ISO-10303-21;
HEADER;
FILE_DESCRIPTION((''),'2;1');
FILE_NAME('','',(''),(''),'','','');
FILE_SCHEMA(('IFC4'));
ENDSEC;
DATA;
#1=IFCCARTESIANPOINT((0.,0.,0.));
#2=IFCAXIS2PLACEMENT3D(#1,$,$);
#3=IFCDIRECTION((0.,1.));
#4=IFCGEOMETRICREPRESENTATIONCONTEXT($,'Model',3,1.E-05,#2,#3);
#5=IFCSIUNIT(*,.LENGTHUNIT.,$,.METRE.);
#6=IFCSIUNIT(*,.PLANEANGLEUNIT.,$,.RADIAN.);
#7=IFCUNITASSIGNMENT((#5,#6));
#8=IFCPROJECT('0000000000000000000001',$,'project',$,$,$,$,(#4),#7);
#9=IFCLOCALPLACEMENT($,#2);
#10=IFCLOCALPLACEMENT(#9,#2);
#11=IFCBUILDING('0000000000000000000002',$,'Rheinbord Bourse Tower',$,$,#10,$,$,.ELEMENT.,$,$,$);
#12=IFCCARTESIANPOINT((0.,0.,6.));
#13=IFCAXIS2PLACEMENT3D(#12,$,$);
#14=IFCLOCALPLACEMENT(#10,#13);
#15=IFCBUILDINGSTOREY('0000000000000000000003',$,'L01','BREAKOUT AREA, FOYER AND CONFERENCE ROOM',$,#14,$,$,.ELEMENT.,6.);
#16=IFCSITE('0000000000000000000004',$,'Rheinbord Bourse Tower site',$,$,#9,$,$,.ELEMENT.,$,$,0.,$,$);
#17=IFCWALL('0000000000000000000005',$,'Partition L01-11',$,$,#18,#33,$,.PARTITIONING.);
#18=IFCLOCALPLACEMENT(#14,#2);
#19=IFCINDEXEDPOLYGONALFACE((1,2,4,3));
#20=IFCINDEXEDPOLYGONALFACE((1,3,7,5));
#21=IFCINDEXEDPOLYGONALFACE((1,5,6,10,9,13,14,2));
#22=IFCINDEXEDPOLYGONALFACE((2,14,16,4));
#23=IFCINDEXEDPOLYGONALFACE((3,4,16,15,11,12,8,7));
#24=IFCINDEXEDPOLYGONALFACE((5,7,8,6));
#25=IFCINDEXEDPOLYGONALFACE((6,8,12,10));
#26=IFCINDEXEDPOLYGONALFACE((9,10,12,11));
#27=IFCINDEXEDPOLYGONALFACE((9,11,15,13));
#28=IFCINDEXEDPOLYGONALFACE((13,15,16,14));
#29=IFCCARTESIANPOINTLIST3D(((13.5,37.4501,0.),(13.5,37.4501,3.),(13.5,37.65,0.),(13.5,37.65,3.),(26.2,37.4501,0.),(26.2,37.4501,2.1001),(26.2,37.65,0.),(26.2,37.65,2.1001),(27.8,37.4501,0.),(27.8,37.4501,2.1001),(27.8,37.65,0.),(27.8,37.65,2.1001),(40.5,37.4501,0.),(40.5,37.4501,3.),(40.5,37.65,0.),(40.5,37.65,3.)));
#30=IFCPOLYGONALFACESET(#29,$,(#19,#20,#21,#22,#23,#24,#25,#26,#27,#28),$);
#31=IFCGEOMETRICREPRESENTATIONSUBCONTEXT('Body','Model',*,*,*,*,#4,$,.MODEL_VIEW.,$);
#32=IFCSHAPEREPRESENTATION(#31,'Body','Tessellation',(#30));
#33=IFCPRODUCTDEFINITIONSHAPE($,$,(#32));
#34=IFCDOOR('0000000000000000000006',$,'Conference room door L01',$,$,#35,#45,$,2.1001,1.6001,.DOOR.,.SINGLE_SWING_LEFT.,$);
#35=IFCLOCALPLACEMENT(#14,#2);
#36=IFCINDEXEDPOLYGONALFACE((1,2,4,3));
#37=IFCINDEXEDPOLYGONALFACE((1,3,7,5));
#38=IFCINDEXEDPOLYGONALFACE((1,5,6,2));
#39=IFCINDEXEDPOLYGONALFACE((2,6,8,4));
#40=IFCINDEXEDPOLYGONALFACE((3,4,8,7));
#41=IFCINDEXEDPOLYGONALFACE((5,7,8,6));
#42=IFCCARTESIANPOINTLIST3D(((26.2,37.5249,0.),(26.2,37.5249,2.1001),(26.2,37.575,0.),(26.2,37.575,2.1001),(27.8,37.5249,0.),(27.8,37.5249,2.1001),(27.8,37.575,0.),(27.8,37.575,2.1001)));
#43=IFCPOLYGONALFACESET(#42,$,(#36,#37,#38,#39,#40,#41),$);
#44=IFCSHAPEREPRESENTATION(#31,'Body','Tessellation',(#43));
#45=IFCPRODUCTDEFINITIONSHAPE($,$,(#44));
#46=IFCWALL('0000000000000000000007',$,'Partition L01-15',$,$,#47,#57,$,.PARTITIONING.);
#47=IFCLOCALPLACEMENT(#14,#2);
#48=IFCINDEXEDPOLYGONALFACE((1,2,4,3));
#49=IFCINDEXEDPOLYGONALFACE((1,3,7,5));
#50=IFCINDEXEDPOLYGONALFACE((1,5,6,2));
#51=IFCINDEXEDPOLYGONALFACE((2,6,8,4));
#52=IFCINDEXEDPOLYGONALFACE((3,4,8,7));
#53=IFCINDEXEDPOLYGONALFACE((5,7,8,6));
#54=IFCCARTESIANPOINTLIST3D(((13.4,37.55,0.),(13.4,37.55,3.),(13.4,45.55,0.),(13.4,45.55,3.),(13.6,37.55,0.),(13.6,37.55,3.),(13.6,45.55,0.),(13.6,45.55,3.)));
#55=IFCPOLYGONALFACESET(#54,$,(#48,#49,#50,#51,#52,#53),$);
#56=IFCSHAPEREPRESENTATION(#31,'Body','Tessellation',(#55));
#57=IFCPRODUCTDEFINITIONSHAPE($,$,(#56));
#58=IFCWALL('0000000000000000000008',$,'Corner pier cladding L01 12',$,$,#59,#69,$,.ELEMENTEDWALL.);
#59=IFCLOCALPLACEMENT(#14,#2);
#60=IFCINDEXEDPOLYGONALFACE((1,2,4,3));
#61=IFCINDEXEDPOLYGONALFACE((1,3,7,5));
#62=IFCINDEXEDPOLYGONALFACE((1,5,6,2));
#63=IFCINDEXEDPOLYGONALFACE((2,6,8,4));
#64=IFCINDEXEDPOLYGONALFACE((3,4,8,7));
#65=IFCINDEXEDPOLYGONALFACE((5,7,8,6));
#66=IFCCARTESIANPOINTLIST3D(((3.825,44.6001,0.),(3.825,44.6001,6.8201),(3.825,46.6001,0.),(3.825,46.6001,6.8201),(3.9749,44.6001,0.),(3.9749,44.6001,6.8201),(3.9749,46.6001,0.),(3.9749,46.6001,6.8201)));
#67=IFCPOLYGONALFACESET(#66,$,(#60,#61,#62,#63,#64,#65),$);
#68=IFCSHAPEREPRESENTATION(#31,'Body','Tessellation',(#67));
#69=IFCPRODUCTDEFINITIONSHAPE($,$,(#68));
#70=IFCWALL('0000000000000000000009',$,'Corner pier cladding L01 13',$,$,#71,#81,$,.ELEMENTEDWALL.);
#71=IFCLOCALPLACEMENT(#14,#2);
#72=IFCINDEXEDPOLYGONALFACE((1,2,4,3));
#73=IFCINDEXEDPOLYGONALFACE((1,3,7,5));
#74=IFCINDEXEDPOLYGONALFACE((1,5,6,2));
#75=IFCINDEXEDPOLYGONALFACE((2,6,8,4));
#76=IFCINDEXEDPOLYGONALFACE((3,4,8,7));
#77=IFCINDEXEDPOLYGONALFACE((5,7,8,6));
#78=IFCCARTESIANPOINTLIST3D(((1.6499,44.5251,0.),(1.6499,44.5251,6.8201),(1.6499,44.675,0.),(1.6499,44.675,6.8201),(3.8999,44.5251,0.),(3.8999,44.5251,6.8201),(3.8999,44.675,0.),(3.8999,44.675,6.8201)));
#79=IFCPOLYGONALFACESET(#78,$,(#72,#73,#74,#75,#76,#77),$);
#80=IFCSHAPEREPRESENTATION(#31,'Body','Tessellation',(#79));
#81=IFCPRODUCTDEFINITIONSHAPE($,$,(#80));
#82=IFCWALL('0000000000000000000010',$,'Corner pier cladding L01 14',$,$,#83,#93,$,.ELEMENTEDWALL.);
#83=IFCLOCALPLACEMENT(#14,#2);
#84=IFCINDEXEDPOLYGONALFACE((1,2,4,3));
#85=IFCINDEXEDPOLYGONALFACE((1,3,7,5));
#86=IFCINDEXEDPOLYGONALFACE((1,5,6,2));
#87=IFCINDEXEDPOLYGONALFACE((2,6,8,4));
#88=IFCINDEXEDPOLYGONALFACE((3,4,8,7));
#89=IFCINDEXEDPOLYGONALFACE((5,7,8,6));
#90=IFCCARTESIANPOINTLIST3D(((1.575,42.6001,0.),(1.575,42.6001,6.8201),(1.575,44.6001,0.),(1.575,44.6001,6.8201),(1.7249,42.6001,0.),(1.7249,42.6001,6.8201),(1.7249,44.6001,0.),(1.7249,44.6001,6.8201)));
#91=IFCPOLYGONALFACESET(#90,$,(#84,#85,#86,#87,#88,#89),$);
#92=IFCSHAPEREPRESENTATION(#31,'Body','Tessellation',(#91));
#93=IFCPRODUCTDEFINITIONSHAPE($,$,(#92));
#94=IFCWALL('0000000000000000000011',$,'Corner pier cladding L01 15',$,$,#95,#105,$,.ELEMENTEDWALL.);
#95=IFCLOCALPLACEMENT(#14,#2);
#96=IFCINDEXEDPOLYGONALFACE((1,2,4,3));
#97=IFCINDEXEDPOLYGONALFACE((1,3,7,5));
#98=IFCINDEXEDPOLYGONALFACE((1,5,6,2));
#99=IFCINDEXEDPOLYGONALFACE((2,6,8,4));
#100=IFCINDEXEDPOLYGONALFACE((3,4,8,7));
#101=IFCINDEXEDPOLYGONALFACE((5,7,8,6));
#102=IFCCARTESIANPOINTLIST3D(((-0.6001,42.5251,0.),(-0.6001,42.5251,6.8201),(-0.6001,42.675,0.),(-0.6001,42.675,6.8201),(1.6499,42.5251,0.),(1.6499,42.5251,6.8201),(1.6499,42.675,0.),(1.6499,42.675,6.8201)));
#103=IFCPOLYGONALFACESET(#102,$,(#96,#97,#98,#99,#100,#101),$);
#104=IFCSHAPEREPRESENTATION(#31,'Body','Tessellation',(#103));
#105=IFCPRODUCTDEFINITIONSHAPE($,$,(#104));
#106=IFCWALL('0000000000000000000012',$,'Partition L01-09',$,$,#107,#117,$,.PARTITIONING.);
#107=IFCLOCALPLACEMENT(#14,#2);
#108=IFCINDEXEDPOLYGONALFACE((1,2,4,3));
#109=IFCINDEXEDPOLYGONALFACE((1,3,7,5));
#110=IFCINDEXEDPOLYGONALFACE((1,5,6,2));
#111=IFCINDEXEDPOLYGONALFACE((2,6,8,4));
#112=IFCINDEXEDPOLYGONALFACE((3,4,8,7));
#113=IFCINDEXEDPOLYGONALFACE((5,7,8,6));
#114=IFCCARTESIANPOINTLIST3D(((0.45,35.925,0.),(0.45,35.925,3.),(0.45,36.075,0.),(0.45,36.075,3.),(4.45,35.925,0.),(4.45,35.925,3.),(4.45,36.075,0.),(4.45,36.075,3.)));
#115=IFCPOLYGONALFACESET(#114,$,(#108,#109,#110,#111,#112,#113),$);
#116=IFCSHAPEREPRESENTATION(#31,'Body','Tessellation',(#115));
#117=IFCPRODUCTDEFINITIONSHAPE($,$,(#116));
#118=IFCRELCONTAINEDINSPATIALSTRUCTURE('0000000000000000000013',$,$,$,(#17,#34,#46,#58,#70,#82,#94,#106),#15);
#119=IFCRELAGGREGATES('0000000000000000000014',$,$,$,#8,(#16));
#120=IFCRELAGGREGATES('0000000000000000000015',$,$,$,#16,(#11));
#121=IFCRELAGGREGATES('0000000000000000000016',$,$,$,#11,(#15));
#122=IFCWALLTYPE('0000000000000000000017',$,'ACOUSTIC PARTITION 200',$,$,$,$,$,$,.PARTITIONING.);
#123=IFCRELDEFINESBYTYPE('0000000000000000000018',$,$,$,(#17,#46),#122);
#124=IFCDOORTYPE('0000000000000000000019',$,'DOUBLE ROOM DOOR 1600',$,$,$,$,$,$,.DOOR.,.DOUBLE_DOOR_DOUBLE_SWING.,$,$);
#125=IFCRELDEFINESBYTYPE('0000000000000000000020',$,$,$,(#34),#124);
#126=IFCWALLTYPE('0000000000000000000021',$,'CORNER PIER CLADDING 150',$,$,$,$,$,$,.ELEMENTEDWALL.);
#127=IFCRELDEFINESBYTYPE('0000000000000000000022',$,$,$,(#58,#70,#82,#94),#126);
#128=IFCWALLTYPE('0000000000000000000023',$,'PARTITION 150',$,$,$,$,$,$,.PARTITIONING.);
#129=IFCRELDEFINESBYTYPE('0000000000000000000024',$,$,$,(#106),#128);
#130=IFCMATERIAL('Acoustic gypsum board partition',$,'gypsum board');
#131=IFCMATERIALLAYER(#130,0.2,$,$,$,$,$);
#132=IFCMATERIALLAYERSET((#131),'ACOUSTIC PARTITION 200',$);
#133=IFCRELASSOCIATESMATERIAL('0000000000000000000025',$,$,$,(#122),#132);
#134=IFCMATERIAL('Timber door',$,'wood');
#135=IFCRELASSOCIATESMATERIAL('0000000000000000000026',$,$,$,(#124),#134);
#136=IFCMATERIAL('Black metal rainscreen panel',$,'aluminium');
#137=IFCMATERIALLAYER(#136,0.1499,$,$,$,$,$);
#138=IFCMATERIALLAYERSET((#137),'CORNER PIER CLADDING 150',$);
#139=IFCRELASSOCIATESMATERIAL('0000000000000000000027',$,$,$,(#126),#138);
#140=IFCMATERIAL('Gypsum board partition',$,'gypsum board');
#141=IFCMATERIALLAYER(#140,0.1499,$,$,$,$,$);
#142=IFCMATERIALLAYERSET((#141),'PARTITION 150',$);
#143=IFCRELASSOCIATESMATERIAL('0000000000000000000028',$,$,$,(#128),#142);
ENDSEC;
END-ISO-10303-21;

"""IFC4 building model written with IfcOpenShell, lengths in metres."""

from ifc_helpers import new_model, si_unit, direction, frame, frame_2d, origin, place, context, subcontext, project, spatial, rectangle, extrude, material, layer, layer_set, type_object, element, fill, save


model = new_model("IFC4")

# Units and contexts
model_context = context("Model", 3, precision=1e-05, world=origin(), true_north=direction((0.0, 1.0)))
body_context = subcontext(model_context, "Body", "Model", "MODEL_VIEW")
ifc_project = project(units=[si_unit("LENGTHUNIT", "METRE"), si_unit("PLANEANGLEUNIT", "RADIAN")], contexts=[model_context])

# Site, building, storey
site_placement = place(None, origin())
site = spatial("IfcSite", under=ifc_project, at=site_placement, Name="Rheinbord Bourse Tower site", CompositionType="ELEMENT", RefElevation=0.0)
building_placement = place(site_placement, origin())
building = spatial("IfcBuilding", under=site, at=building_placement, Name="Rheinbord Bourse Tower", CompositionType="ELEMENT")
storey_placement = place(building_placement, frame((0.0, 0.0, 6.0)))
storey = spatial("IfcBuildingStorey", under=building, at=storey_placement, Name="L01", Description="BREAKOUT AREA, FOYER AND CONFERENCE ROOM", CompositionType="ELEMENT", Elevation=6.0)

# Wall, opening, door
ifc_material_1 = material(Name="Acoustic gypsum board partition", Category="gypsum board")
ifc_layer_1 = layer(ifc_material_1, 0.2)
ifc_layer_set_1 = layer_set([ifc_layer_1], Name="ACOUSTIC PARTITION 200")
wall_type_1 = type_object("IfcWallType", Name="ACOUSTIC PARTITION 200", PredefinedType="PARTITIONING", material=ifc_layer_set_1)
wall_1_placement = place(storey_placement, frame((13.5, 37.55, 0.0), z_axis=(0.0, 0.0, 1.0), x_axis=(1.0, 0.0, 0.0)))
wall_1 = element("IfcWall", 1, at=wall_1_placement, inside=storey, type_object=wall_type_1, Name="Partition L01-11", PredefinedType="PARTITIONING", context=body_context, shape_type="SweptSolid", body=[
    extrude(rectangle(XDim=27.0, YDim=0.2, at=frame_2d((13.5, 0.0))), origin(), (0.0, 0.0, 1.0), 3.0),
])
opening_placement = place(wall_1_placement, frame((12.7, 0.0, 0.0)))
opening = element("IfcOpeningElement", 2, at=opening_placement, cuts=wall_1, PredefinedType="OPENING", context=body_context, shape_type="SweptSolid", body=[
    extrude(rectangle(XDim=1.6001, YDim=2.1001, at=frame_2d((0.8, 1.05))), frame((0.0, 0.1099, 0.0), z_axis=(0.0, -1.0, 0.0), x_axis=(1.0, 0.0, 0.0)), (0.0, 0.0, 1.0), 0.22),
])
ifc_material_2 = material(Name="Timber door", Category="wood")
door_type = type_object("IfcDoorType", Name="DOUBLE ROOM DOOR 1600", OperationType="DOUBLE_DOOR_DOUBLE_SWING", PredefinedType="DOOR", material=ifc_material_2)
door_placement = place(opening_placement, origin())
door = element("IfcDoor", 3, at=door_placement, inside=storey, type_object=door_type, Name="Conference room door L01", OperationType="SINGLE_SWING_LEFT", OverallHeight=2.1001, OverallWidth=1.6001, PredefinedType="DOOR", context=body_context, shape_type="SweptSolid", body=[
    extrude(rectangle(XDim=1.6001, YDim=2.1001, at=frame_2d((0.8, 1.05))), frame((0.0, 0.0249, 0.0), z_axis=(0.0, -1.0, 0.0), x_axis=(1.0, 0.0, 0.0)), (0.0, 0.0, 1.0), 0.05),
])
fill(opening, door)

# Walls
wall_2_placement = place(storey_placement, frame((13.5, 37.55, 0.0), z_axis=(0.0, 0.0, 1.0), x_axis=(0.0, 1.0, 0.0)))
element("IfcWall", 4, at=wall_2_placement, inside=storey, type_object=wall_type_1, Name="Partition L01-15", PredefinedType="PARTITIONING", context=body_context, shape_type="SweptSolid", body=[
    extrude(rectangle(XDim=8.0, YDim=0.2, at=frame_2d((4.0, 0.0))), origin(), (0.0, 0.0, 1.0), 3.0),
])
ifc_material_3 = material(Name="Black metal rainscreen panel", Category="aluminium")
ifc_layer_2 = layer(ifc_material_3, 0.1499)
ifc_layer_set_2 = layer_set([ifc_layer_2], Name="CORNER PIER CLADDING 150")
wall_type_2 = type_object("IfcWallType", Name="CORNER PIER CLADDING 150", PredefinedType="ELEMENTEDWALL", material=ifc_layer_set_2)
wall_3_placement = place(storey_placement, frame((3.8999, 46.6001, 0.0), z_axis=(0.0, 0.0, 1.0), x_axis=(0.0, -1.0, 0.0)))
element("IfcWall", 5, at=wall_3_placement, inside=storey, type_object=wall_type_2, Name="Corner pier cladding L01 12", PredefinedType="ELEMENTEDWALL", context=body_context, shape_type="SweptSolid", body=[
    extrude(rectangle(XDim=2.0, YDim=0.1499, at=frame_2d((1.0, 0.0))), origin(), (0.0, 0.0, 1.0), 6.8201),
])
wall_4_placement = place(storey_placement, frame((3.8999, 44.6001, 0.0), z_axis=(0.0, 0.0, 1.0), x_axis=(-1.0, 0.0, 0.0)))
element("IfcWall", 6, at=wall_4_placement, inside=storey, type_object=wall_type_2, Name="Corner pier cladding L01 13", PredefinedType="ELEMENTEDWALL", context=body_context, shape_type="SweptSolid", body=[
    extrude(rectangle(XDim=2.25, YDim=0.1499, at=frame_2d((1.125, 0.0))), origin(), (0.0, 0.0, 1.0), 6.8201),
])
wall_5_placement = place(storey_placement, frame((1.6499, 44.6001, 0.0), z_axis=(0.0, 0.0, 1.0), x_axis=(0.0, -1.0, 0.0)))
element("IfcWall", 7, at=wall_5_placement, inside=storey, type_object=wall_type_2, Name="Corner pier cladding L01 14", PredefinedType="ELEMENTEDWALL", context=body_context, shape_type="SweptSolid", body=[
    extrude(rectangle(XDim=2.0, YDim=0.1499, at=frame_2d((1.0, 0.0))), origin(), (0.0, 0.0, 1.0), 6.8201),
])
wall_6_placement = place(storey_placement, frame((1.6499, 42.6001, 0.0), z_axis=(0.0, 0.0, 1.0), x_axis=(-1.0, 0.0, 0.0)))
element("IfcWall", 8, at=wall_6_placement, inside=storey, type_object=wall_type_2, Name="Corner pier cladding L01 15", PredefinedType="ELEMENTEDWALL", context=body_context, shape_type="SweptSolid", body=[
    extrude(rectangle(XDim=2.25, YDim=0.1499, at=frame_2d((1.125, 0.0))), origin(), (0.0, 0.0, 1.0), 6.8201),
])
ifc_material_4 = material(Name="Gypsum board partition", Category="gypsum board")
ifc_layer_3 = layer(ifc_material_4, 0.1499)
ifc_layer_set_3 = layer_set([ifc_layer_3], Name="PARTITION 150")
wall_type_3 = type_object("IfcWallType", Name="PARTITION 150", PredefinedType="PARTITIONING", material=ifc_layer_set_3)
wall_7_placement = place(storey_placement, frame((0.45, 36.0, 0.0), z_axis=(0.0, 0.0, 1.0), x_axis=(1.0, 0.0, 0.0)))
element("IfcWall", 9, at=wall_7_placement, inside=storey, type_object=wall_type_3, Name="Partition L01-09", PredefinedType="PARTITIONING", context=body_context, shape_type="SweptSolid", body=[
    extrude(rectangle(XDim=4.0, YDim=0.1499, at=frame_2d((2.0, 0.0))), origin(), (0.0, 0.0, 1.0), 3.0),
])

save(model, "model.ifc")
